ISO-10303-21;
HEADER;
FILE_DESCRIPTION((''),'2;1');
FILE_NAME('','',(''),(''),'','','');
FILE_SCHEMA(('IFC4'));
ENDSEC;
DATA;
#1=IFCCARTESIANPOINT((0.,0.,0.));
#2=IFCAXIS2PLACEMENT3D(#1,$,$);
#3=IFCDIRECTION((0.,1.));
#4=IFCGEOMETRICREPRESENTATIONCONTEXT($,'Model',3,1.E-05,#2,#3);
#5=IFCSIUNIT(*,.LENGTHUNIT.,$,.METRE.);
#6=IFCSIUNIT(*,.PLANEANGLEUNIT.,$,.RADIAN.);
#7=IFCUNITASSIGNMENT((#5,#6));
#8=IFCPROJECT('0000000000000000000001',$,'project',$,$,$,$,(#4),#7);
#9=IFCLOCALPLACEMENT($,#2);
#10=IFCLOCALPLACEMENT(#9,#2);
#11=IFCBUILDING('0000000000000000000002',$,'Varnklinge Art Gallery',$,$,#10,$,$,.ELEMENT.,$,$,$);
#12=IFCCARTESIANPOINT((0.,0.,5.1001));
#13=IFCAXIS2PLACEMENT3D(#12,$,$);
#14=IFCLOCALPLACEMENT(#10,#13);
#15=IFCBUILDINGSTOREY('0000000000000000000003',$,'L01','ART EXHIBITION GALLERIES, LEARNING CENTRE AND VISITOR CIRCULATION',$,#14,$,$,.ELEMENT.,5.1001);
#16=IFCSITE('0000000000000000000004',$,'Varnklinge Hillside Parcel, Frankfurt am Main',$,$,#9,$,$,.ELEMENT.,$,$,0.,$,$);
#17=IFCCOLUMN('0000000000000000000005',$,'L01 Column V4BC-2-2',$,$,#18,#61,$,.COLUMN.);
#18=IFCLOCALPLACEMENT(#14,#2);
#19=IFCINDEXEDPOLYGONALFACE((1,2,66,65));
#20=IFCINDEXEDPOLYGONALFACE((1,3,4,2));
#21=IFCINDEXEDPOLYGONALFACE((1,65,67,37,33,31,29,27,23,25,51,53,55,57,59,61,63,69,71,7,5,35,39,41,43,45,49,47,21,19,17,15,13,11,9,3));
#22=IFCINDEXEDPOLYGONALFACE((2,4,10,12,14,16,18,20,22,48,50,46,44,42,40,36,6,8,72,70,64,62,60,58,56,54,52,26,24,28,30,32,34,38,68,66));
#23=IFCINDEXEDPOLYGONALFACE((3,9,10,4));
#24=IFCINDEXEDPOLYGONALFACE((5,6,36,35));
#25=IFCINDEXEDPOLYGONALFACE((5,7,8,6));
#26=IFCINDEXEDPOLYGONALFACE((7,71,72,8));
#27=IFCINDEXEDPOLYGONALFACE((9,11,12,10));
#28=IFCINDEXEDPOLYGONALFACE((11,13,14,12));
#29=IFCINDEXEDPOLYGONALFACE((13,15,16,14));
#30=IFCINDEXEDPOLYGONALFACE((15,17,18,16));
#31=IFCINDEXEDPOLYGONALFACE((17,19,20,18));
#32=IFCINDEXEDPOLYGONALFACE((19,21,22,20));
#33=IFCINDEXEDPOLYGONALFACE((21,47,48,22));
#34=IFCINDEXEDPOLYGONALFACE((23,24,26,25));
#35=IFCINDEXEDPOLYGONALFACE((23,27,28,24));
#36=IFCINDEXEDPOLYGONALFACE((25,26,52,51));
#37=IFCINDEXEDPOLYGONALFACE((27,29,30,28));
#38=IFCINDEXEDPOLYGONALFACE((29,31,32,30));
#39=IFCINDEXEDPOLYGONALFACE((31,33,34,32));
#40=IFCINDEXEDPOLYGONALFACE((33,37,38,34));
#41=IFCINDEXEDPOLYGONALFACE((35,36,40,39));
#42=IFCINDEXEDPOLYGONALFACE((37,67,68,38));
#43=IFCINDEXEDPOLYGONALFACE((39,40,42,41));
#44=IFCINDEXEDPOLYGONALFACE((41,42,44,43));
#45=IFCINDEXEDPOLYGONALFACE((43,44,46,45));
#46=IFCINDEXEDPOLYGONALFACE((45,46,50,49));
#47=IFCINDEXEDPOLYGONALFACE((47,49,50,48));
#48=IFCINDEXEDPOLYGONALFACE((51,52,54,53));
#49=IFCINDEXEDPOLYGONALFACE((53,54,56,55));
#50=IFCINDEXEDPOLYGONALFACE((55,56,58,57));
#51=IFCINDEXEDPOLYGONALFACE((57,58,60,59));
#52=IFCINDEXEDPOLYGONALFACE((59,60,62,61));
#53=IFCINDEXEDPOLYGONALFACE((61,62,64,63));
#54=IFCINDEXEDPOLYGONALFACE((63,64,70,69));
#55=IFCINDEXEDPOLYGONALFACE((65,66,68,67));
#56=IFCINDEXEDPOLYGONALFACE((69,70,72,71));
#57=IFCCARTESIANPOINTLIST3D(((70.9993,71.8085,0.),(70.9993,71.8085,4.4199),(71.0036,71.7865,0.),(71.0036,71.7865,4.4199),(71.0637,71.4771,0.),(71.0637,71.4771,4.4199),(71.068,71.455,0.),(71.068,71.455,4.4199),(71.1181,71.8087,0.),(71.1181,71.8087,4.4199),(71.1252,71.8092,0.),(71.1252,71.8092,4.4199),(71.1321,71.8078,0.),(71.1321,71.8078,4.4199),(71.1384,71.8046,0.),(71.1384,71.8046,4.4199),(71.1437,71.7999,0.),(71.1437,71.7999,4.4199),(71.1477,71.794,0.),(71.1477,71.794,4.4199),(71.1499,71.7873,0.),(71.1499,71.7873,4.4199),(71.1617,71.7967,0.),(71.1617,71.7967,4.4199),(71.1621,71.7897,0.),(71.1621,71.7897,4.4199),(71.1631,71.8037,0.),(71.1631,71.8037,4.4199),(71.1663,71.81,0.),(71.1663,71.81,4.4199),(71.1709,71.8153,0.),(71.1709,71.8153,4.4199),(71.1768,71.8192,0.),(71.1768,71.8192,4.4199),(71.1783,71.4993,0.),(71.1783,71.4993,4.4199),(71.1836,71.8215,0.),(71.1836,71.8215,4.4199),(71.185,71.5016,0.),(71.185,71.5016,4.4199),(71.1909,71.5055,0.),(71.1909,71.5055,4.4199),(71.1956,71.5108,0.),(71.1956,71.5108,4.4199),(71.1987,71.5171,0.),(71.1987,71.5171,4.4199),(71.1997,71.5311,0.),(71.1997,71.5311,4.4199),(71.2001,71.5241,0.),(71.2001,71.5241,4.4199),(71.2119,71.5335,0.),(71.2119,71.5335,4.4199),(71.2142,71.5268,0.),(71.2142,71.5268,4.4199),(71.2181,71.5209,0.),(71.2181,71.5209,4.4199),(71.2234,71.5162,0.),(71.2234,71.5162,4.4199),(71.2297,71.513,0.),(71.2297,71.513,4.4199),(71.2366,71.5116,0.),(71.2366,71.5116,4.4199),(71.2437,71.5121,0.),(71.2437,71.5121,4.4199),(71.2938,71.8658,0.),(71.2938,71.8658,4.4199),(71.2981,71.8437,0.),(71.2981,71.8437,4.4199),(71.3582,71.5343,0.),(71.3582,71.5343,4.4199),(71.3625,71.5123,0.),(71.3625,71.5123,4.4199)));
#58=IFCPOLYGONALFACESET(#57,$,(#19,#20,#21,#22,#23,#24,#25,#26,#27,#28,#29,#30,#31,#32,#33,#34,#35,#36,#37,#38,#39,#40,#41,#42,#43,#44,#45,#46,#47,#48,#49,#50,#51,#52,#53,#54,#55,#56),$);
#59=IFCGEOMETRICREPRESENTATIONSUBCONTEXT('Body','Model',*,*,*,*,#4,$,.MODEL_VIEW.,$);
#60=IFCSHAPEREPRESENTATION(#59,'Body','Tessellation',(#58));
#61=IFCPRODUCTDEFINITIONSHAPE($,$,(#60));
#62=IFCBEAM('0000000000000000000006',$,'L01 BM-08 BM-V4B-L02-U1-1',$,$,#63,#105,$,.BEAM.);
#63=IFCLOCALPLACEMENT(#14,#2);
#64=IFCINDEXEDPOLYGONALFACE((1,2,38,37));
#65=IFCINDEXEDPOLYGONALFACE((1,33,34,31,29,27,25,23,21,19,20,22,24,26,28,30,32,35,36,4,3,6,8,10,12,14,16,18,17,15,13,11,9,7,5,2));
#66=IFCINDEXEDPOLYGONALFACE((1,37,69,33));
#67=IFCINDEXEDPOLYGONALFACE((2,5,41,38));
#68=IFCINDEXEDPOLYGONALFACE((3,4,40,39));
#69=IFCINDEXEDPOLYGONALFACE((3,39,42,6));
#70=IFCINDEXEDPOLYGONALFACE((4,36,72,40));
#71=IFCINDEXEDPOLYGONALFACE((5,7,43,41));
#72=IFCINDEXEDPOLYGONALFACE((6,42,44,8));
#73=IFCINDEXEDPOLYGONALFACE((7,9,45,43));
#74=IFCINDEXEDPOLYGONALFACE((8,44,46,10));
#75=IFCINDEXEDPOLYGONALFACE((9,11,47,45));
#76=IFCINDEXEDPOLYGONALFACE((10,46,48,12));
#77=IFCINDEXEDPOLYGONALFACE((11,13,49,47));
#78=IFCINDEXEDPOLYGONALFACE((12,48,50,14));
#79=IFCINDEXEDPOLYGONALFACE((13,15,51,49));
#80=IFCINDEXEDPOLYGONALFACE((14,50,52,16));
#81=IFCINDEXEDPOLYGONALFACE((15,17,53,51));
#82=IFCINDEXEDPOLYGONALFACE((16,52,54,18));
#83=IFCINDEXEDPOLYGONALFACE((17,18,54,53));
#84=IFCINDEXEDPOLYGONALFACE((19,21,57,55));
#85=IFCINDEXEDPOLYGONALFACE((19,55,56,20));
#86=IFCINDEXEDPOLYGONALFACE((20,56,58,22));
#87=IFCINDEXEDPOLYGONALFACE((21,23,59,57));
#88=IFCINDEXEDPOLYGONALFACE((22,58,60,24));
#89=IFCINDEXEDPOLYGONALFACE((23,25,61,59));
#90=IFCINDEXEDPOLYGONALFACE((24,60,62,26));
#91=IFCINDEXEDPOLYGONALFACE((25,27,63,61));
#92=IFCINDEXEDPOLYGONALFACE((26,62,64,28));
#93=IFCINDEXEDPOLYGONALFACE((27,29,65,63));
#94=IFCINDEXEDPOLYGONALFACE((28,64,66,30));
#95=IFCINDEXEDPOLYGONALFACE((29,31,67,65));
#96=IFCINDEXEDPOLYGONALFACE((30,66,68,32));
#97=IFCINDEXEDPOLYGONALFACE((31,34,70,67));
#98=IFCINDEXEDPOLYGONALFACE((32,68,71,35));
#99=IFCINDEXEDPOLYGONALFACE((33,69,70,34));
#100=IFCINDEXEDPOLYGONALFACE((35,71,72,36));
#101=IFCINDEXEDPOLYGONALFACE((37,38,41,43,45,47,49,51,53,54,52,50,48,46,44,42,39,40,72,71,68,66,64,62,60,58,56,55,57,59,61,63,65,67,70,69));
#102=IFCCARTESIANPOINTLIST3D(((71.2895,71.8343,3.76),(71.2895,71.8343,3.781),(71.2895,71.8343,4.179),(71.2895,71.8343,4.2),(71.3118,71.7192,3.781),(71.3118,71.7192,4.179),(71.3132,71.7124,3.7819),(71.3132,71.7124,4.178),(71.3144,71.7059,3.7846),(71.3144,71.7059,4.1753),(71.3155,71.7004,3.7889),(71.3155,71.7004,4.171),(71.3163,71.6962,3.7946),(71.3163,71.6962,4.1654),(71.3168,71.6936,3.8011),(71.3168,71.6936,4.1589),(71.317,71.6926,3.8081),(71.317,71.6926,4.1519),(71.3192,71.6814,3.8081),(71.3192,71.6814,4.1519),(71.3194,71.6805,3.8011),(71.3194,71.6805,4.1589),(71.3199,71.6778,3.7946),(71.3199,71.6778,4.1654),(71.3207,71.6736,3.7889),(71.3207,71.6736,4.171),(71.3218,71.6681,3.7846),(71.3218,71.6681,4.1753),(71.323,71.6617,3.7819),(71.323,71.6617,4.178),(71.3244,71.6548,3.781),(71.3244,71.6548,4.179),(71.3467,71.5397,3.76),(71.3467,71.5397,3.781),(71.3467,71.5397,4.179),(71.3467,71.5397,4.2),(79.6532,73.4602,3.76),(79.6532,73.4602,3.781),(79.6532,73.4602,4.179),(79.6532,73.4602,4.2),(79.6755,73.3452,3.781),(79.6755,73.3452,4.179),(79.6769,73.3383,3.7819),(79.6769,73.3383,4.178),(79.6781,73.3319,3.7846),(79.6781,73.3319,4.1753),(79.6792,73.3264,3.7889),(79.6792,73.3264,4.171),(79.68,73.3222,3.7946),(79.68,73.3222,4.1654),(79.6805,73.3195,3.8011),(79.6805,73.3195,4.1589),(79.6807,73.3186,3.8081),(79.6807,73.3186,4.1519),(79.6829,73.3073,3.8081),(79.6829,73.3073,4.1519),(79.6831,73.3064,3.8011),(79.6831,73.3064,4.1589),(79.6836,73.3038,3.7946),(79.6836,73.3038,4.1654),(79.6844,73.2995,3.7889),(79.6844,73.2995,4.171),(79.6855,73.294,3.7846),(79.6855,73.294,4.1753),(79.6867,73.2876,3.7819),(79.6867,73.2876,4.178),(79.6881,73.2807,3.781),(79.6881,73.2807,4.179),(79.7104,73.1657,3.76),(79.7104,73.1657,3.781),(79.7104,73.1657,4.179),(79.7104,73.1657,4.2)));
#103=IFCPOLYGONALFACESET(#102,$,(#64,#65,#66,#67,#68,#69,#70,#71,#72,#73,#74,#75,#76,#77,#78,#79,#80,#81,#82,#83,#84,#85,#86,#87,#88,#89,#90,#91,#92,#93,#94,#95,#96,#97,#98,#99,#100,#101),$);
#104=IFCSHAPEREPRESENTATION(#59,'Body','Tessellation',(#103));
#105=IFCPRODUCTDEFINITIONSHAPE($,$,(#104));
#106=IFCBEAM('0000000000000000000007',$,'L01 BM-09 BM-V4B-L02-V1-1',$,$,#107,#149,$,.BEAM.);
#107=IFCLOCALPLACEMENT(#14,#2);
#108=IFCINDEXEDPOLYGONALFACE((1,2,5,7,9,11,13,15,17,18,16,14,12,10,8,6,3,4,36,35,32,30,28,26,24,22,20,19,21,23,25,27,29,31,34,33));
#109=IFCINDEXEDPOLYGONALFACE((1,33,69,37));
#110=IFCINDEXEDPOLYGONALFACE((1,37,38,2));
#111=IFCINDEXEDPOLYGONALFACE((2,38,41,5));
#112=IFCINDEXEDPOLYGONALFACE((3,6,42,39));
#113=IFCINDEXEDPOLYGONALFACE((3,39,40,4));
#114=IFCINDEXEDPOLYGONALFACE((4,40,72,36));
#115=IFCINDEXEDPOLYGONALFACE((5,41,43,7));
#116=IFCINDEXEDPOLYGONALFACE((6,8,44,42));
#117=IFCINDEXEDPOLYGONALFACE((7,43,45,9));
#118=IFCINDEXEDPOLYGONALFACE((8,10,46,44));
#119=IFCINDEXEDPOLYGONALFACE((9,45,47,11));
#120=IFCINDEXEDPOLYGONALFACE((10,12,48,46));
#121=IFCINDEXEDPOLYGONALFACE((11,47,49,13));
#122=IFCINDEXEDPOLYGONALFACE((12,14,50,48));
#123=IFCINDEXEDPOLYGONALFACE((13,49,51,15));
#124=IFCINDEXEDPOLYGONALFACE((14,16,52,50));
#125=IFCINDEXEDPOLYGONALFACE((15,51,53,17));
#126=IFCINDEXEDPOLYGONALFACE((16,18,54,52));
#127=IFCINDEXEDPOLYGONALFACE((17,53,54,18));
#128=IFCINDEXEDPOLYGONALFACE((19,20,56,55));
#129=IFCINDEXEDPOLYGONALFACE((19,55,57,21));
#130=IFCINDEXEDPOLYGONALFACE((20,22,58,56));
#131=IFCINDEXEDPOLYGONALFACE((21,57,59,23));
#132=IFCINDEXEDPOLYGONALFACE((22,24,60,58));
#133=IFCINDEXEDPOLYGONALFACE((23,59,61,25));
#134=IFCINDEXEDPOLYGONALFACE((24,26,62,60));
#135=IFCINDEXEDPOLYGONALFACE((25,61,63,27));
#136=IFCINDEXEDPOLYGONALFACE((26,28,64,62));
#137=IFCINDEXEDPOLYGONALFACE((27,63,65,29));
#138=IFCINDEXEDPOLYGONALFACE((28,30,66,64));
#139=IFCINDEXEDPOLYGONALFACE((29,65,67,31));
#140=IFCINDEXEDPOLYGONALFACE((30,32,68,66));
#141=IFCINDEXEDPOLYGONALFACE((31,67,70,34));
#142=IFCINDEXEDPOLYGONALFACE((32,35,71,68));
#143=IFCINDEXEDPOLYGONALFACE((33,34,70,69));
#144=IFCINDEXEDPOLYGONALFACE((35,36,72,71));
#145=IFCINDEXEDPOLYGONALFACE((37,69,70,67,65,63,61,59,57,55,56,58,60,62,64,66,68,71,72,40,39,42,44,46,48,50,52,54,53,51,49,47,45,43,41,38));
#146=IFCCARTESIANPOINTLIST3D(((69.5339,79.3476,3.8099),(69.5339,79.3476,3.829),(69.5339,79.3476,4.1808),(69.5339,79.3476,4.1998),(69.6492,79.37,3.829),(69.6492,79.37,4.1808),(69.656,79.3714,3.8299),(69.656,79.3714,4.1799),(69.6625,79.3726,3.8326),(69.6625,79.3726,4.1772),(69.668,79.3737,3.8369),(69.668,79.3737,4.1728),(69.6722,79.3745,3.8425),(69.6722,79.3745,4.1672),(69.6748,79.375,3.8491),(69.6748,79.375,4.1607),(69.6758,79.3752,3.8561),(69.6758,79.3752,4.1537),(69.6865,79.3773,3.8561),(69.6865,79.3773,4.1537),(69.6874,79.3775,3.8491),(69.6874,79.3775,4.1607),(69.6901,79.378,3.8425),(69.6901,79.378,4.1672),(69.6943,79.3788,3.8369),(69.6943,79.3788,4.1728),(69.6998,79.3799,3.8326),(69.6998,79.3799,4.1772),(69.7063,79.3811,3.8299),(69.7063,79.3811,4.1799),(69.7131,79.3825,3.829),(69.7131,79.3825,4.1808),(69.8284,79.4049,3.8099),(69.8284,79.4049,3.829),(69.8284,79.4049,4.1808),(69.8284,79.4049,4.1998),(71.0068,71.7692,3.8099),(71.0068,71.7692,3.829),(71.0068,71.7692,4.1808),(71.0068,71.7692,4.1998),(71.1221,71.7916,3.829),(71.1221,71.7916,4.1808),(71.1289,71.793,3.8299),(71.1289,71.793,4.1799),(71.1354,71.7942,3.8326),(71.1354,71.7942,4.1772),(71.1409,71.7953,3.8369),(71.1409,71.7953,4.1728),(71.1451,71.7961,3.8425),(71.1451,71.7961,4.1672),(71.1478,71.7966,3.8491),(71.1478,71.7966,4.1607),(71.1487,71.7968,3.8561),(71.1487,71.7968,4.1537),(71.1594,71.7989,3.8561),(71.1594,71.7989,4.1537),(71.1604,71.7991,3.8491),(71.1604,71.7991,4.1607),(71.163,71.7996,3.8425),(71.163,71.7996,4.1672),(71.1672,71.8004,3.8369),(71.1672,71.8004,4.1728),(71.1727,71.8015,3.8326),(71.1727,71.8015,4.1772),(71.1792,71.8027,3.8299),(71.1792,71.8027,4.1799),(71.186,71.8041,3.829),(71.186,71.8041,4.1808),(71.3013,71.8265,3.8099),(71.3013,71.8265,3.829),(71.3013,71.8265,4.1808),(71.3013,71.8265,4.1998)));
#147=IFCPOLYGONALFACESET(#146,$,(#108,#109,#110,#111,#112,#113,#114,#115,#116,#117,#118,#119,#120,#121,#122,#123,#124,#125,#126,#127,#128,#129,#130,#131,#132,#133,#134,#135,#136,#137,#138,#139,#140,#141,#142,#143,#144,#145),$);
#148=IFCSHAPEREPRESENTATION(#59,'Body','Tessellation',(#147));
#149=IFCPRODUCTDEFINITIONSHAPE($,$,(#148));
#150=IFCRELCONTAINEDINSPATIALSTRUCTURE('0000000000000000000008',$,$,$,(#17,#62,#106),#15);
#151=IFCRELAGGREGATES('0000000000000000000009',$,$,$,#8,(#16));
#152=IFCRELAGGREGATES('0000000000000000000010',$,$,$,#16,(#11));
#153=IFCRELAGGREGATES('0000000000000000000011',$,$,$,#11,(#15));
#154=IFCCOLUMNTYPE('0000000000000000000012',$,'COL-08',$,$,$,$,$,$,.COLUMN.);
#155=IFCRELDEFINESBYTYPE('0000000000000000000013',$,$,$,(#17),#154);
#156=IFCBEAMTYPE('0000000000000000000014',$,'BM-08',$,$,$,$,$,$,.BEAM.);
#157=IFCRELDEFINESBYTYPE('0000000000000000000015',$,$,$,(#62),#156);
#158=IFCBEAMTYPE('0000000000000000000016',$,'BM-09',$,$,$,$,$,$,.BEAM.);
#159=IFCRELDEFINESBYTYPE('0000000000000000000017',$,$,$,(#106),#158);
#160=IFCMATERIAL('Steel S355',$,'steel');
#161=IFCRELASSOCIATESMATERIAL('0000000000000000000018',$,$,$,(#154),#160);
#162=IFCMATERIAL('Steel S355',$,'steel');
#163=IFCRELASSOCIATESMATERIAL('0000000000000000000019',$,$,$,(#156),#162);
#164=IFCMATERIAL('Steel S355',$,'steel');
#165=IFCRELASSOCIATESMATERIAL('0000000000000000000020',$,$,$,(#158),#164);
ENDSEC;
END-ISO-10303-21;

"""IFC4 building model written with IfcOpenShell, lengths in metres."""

from ifc_helpers import new_model, si_unit, direction, frame, origin, origin_2d, place, context, subcontext, project, spatial, i_section, extrude, material, material_profile, profile_set, type_object, element, save


model = new_model("IFC4")

# Units and contexts
model_context = context("Model", 3, precision=1e-05, world=origin(), true_north=direction((0.0, 1.0)))
body_context = subcontext(model_context, "Body", "Model", "MODEL_VIEW")
ifc_project = project(units=[si_unit("LENGTHUNIT", "METRE"), si_unit("PLANEANGLEUNIT", "RADIAN")], contexts=[model_context])

# Site, building, storey
site_placement = place(None, origin())
site = spatial("IfcSite", under=ifc_project, at=site_placement, Name="Varnklinge Hillside Parcel, Frankfurt am Main", CompositionType="ELEMENT", RefElevation=0.0)
building_placement = place(site_placement, origin())
building = spatial("IfcBuilding", under=site, at=building_placement, Name="Varnklinge Art Gallery", CompositionType="ELEMENT")
storey_placement = place(building_placement, frame((0.0, 0.0, 5.1001)))
storey = spatial("IfcBuildingStorey", under=building, at=storey_placement, Name="L01", Description="ART EXHIBITION GALLERIES, LEARNING CENTRE AND VISITOR CIRCULATION", CompositionType="ELEMENT", Elevation=5.1001)

# Column
ifc_material_1 = material(Name="Steel S355", Category="steel")
ifc_material_profile_1 = material_profile(ifc_material_1, i_section(OverallWidth=0.3, OverallDepth=0.3601, WebThickness=0.0125, FlangeThickness=0.0225, FilletRadius=0.0271, at=origin_2d()), Name="HEB 360")
ifc_profile_set_1 = profile_set([ifc_material_profile_1], Name="Steel S355")
column_type = type_object("IfcColumnType", Name="COL-08", PredefinedType="COLUMN", material=ifc_profile_set_1)
column_placement = place(storey_placement, frame((71.1809, 71.6604, 0.0), z_axis=(0.0, 0.0, 1.0), x_axis=(0.981627, 0.190809, 0.0)))
element("IfcColumn", 1, at=column_placement, inside=storey, type_object=column_type, Name="L01 Column V4BC-2-2", PredefinedType="COLUMN", context=body_context, shape_type="SweptSolid", body=[
    extrude(i_section(OverallWidth=0.3, OverallDepth=0.3601, WebThickness=0.0125, FlangeThickness=0.0225, FilletRadius=0.0271, at=origin_2d()), origin(), (0.0, 0.0, 1.0), 4.4199),
])

# Beams
ifc_material_2 = material(Name="Steel S355", Category="steel")
ifc_material_profile_2 = material_profile(ifc_material_2, i_section(OverallWidth=0.3, OverallDepth=0.4399, WebThickness=0.0115, FlangeThickness=0.021, FilletRadius=0.0271, at=origin_2d()), Name="HEA 450")
ifc_profile_set_2 = profile_set([ifc_material_profile_2], Name="Steel S355")
beam_type_1 = type_object("IfcBeamType", Name="BM-08", PredefinedType="BEAM", material=ifc_profile_set_2)
beam_1_placement = place(storey_placement, frame((71.3181, 71.687, 3.98), z_axis=(0.981622, 0.190834, 0.0), x_axis=(-0.190834, 0.981622, 0.0)))
element("IfcBeam", 2, at=beam_1_placement, inside=storey, type_object=beam_type_1, Name="L01 BM-08 BM-V4B-L02-U1-1", PredefinedType="BEAM", context=body_context, shape_type="SweptSolid", body=[
    extrude(i_section(OverallWidth=0.3, OverallDepth=0.4399, WebThickness=0.0115, FlangeThickness=0.021, FilletRadius=0.0271, at=origin_2d()), origin(), (0.0, 0.0, 1.0), 8.5203),
])
ifc_material_3 = material(Name="Steel S355", Category="steel")
ifc_material_profile_3 = material_profile(ifc_material_3, i_section(OverallWidth=0.3, OverallDepth=0.3899, WebThickness=0.011, FlangeThickness=0.019, FilletRadius=0.0271, at=origin_2d()), Name="HEA 400")
ifc_profile_set_3 = profile_set([ifc_material_profile_3], Name="Steel S355")
beam_type_2 = type_object("IfcBeamType", Name="BM-09", PredefinedType="BEAM", material=ifc_profile_set_3)
beam_2_placement = place(storey_placement, frame((71.1541, 71.7979, 4.0049), z_axis=(-0.190786, 0.981632, 0.0), x_axis=(-0.981632, -0.190786, 0.0)))
element("IfcBeam", 3, at=beam_2_placement, inside=storey, type_object=beam_type_2, Name="L01 BM-09 BM-V4B-L02-V1-1", PredefinedType="BEAM", context=body_context, shape_type="SweptSolid", body=[
    extrude(i_section(OverallWidth=0.3, OverallDepth=0.3899, WebThickness=0.011, FlangeThickness=0.019, FilletRadius=0.0271, at=origin_2d()), origin(), (0.0, 0.0, 1.0), 7.7202),
])

save(model, "model.ifc")
